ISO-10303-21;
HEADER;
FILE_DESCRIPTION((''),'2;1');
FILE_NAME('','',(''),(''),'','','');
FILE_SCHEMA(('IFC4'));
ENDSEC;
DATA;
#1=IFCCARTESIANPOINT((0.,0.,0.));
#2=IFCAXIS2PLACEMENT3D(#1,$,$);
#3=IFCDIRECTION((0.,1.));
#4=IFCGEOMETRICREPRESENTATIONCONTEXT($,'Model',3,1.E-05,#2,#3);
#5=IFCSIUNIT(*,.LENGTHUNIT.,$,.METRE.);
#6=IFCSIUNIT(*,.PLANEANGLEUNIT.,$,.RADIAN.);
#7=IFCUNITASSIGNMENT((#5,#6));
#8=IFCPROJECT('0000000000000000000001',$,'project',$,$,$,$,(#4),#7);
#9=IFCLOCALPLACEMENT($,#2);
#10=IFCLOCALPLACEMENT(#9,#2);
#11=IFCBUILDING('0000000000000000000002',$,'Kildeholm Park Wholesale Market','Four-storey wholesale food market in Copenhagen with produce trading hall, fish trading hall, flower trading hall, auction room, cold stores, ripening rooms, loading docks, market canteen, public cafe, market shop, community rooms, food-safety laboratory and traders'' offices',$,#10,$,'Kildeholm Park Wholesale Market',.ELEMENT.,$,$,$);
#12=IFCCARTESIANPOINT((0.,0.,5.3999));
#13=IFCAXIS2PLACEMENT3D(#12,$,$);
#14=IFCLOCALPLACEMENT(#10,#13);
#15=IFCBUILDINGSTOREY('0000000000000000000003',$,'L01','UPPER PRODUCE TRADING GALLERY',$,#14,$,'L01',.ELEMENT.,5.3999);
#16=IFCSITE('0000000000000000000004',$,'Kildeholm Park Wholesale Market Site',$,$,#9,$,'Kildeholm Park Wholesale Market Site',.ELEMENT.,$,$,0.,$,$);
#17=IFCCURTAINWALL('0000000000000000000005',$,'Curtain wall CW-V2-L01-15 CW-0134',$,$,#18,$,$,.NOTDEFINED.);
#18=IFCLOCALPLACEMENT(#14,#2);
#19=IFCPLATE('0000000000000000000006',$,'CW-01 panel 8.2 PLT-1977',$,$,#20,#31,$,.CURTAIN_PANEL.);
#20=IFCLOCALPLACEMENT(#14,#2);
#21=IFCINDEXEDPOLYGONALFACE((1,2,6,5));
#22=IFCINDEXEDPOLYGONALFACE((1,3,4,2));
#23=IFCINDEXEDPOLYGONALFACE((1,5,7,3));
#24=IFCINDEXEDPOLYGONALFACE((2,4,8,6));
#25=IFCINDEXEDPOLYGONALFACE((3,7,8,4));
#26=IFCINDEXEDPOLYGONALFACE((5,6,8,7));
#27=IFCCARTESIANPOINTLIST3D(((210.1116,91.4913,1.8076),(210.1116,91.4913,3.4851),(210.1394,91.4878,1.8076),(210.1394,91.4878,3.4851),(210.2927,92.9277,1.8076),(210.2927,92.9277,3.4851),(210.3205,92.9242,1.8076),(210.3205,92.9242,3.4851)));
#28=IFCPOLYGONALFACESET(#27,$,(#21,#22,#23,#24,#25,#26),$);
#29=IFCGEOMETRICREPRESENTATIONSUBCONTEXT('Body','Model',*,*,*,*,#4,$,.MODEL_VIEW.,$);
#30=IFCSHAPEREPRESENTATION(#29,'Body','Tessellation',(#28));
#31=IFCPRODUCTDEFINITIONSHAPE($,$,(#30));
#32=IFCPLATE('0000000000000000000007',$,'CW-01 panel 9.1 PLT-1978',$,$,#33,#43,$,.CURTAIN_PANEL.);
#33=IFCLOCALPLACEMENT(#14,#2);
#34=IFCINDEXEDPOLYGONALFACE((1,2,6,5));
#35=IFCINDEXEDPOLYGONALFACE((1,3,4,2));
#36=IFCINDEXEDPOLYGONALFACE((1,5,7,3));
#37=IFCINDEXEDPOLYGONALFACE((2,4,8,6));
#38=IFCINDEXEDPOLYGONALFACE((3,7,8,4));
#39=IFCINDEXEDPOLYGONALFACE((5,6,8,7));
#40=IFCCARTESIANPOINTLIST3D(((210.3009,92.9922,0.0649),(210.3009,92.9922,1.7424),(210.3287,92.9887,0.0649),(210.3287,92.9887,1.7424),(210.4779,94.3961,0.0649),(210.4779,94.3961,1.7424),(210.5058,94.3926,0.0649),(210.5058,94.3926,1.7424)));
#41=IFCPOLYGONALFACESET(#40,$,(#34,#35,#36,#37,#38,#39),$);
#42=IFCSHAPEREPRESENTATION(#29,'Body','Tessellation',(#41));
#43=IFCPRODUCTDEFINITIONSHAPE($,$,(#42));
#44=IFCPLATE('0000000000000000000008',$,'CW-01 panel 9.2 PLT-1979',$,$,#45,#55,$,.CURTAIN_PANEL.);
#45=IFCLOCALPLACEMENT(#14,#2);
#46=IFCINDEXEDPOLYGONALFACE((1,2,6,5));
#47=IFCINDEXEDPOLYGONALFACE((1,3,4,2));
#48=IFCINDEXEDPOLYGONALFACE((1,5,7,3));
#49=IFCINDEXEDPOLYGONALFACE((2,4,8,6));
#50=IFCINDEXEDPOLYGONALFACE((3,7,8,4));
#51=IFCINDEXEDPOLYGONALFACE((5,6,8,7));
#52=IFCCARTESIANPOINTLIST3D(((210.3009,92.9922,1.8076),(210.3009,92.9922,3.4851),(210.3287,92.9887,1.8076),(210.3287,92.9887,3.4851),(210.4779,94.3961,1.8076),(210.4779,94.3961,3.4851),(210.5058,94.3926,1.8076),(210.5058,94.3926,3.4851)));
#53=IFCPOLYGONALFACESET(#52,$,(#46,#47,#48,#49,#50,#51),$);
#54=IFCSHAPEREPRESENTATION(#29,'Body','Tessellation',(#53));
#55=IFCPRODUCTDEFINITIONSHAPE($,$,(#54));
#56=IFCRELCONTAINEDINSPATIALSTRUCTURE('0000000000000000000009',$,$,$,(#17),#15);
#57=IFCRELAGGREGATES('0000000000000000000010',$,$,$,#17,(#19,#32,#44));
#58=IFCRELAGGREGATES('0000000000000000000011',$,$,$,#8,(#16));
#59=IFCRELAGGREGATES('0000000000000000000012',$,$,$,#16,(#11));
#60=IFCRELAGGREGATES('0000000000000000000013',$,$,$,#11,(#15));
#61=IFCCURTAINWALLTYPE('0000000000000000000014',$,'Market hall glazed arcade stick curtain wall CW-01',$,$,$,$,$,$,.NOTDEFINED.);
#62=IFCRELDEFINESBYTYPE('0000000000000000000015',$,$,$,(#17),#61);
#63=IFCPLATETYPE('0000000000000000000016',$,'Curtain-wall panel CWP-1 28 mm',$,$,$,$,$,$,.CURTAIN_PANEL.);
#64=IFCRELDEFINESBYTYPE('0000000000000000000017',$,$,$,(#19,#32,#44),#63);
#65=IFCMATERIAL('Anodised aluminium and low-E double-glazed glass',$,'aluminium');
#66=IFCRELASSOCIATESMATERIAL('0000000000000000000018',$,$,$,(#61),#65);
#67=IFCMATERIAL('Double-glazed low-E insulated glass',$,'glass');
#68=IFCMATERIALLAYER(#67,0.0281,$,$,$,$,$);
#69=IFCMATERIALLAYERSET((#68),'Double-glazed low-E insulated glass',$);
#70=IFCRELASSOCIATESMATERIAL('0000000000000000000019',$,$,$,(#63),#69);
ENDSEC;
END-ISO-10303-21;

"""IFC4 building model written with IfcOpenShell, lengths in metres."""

from ifc_helpers import new_model, si_unit, direction, frame, origin, origin_2d, place, context, subcontext, project, spatial, rectangle, extrude, material, layer, layer_set, type_object, element, aggregate, save


model = new_model("IFC4")

# Units and contexts
model_context = context("Model", 3, precision=1e-05, world=origin(), true_north=direction((0.0, 1.0)))
body_context = subcontext(model_context, "Body", "Model", "MODEL_VIEW")
ifc_project = project(units=[si_unit("LENGTHUNIT", "METRE"), si_unit("PLANEANGLEUNIT", "RADIAN")], contexts=[model_context])

# Site, building, storey
site_placement = place(None, origin())
site = spatial("IfcSite", under=ifc_project, at=site_placement, Name="Kildeholm Park Wholesale Market Site", LongName="Kildeholm Park Wholesale Market Site", CompositionType="ELEMENT", RefElevation=0.0)
building_placement = place(site_placement, origin())
building = spatial("IfcBuilding", under=site, at=building_placement, Name="Kildeholm Park Wholesale Market", Description="Four-storey wholesale food market in Copenhagen with produce trading hall, fish trading hall, flower trading hall, auction room, cold stores, ripening rooms, loading docks, market canteen, public cafe, market shop, community rooms, food-safety laboratory and traders' offices", LongName="Kildeholm Park Wholesale Market", CompositionType="ELEMENT")
storey_placement = place(building_placement, frame((0.0, 0.0, 5.3999)))
storey = spatial("IfcBuildingStorey", under=building, at=storey_placement, Name="L01", Description="UPPER PRODUCE TRADING GALLERY", LongName="L01", CompositionType="ELEMENT", Elevation=5.3999)

# Curtain wall
ifc_material_1 = material(Name="Anodised aluminium and low-E double-glazed glass", Category="aluminium")
curtain_wall_type = type_object("IfcCurtainWallType", Name="Market hall glazed arcade stick curtain wall CW-01", PredefinedType="NOTDEFINED", material=ifc_material_1)
curtain_wall_1_placement = place(storey_placement, origin())
curtain_wall_1 = element("IfcCurtainWall", 1, at=curtain_wall_1_placement, inside=storey, type_object=curtain_wall_type, Name="Curtain wall CW-V2-L01-15 CW-0134", PredefinedType="NOTDEFINED")

# Plates
ifc_material_2 = material(Name="Double-glazed low-E insulated glass", Category="glass")
ifc_layer = layer(ifc_material_2, 0.0281)
ifc_layer_set = layer_set([ifc_layer], Name="Double-glazed low-E insulated glass")
plate_type = type_object("IfcPlateType", Name="Curtain-wall panel CWP-1 28 mm", PredefinedType="CURTAIN_PANEL", material=ifc_layer_set)
plate_1_placement = place(storey_placement, frame((210.2161, 92.2078, 1.8076), z_axis=(0.0, 0.0, 1.0), x_axis=(0.125092, 0.992145, 0.0)))
plate_1 = element("IfcPlate", 2, at=plate_1_placement, type_object=plate_type, Name="CW-01 panel 8.2 PLT-1977", PredefinedType="CURTAIN_PANEL", context=body_context, shape_type="SweptSolid", body=[
    extrude(rectangle(XDim=1.4478, YDim=0.0281, at=origin_2d()), origin(), (0.0, 0.0, 1.0), 1.6775),
])
plate_2_placement = place(storey_placement, frame((210.4033, 93.6924, 0.0649), z_axis=(0.0, 0.0, 1.0), x_axis=(0.125092, 0.992145, 0.0)))
plate_2 = element("IfcPlate", 3, at=plate_2_placement, type_object=plate_type, Name="CW-01 panel 9.1 PLT-1978", PredefinedType="CURTAIN_PANEL", context=body_context, shape_type="SweptSolid", body=[
    extrude(rectangle(XDim=1.415, YDim=0.0281, at=origin_2d()), origin(), (0.0, 0.0, 1.0), 1.6775),
])
plate_3_placement = place(storey_placement, frame((210.4033, 93.6924, 1.8076), z_axis=(0.0, 0.0, 1.0), x_axis=(0.125092, 0.992145, 0.0)))
plate_3 = element("IfcPlate", 4, at=plate_3_placement, type_object=plate_type, Name="CW-01 panel 9.2 PLT-1979", PredefinedType="CURTAIN_PANEL", context=body_context, shape_type="SweptSolid", body=[
    extrude(rectangle(XDim=1.415, YDim=0.0281, at=origin_2d()), origin(), (0.0, 0.0, 1.0), 1.6775),
])
aggregate(curtain_wall_1, [plate_1, plate_2, plate_3])

save(model, "model.ifc")
